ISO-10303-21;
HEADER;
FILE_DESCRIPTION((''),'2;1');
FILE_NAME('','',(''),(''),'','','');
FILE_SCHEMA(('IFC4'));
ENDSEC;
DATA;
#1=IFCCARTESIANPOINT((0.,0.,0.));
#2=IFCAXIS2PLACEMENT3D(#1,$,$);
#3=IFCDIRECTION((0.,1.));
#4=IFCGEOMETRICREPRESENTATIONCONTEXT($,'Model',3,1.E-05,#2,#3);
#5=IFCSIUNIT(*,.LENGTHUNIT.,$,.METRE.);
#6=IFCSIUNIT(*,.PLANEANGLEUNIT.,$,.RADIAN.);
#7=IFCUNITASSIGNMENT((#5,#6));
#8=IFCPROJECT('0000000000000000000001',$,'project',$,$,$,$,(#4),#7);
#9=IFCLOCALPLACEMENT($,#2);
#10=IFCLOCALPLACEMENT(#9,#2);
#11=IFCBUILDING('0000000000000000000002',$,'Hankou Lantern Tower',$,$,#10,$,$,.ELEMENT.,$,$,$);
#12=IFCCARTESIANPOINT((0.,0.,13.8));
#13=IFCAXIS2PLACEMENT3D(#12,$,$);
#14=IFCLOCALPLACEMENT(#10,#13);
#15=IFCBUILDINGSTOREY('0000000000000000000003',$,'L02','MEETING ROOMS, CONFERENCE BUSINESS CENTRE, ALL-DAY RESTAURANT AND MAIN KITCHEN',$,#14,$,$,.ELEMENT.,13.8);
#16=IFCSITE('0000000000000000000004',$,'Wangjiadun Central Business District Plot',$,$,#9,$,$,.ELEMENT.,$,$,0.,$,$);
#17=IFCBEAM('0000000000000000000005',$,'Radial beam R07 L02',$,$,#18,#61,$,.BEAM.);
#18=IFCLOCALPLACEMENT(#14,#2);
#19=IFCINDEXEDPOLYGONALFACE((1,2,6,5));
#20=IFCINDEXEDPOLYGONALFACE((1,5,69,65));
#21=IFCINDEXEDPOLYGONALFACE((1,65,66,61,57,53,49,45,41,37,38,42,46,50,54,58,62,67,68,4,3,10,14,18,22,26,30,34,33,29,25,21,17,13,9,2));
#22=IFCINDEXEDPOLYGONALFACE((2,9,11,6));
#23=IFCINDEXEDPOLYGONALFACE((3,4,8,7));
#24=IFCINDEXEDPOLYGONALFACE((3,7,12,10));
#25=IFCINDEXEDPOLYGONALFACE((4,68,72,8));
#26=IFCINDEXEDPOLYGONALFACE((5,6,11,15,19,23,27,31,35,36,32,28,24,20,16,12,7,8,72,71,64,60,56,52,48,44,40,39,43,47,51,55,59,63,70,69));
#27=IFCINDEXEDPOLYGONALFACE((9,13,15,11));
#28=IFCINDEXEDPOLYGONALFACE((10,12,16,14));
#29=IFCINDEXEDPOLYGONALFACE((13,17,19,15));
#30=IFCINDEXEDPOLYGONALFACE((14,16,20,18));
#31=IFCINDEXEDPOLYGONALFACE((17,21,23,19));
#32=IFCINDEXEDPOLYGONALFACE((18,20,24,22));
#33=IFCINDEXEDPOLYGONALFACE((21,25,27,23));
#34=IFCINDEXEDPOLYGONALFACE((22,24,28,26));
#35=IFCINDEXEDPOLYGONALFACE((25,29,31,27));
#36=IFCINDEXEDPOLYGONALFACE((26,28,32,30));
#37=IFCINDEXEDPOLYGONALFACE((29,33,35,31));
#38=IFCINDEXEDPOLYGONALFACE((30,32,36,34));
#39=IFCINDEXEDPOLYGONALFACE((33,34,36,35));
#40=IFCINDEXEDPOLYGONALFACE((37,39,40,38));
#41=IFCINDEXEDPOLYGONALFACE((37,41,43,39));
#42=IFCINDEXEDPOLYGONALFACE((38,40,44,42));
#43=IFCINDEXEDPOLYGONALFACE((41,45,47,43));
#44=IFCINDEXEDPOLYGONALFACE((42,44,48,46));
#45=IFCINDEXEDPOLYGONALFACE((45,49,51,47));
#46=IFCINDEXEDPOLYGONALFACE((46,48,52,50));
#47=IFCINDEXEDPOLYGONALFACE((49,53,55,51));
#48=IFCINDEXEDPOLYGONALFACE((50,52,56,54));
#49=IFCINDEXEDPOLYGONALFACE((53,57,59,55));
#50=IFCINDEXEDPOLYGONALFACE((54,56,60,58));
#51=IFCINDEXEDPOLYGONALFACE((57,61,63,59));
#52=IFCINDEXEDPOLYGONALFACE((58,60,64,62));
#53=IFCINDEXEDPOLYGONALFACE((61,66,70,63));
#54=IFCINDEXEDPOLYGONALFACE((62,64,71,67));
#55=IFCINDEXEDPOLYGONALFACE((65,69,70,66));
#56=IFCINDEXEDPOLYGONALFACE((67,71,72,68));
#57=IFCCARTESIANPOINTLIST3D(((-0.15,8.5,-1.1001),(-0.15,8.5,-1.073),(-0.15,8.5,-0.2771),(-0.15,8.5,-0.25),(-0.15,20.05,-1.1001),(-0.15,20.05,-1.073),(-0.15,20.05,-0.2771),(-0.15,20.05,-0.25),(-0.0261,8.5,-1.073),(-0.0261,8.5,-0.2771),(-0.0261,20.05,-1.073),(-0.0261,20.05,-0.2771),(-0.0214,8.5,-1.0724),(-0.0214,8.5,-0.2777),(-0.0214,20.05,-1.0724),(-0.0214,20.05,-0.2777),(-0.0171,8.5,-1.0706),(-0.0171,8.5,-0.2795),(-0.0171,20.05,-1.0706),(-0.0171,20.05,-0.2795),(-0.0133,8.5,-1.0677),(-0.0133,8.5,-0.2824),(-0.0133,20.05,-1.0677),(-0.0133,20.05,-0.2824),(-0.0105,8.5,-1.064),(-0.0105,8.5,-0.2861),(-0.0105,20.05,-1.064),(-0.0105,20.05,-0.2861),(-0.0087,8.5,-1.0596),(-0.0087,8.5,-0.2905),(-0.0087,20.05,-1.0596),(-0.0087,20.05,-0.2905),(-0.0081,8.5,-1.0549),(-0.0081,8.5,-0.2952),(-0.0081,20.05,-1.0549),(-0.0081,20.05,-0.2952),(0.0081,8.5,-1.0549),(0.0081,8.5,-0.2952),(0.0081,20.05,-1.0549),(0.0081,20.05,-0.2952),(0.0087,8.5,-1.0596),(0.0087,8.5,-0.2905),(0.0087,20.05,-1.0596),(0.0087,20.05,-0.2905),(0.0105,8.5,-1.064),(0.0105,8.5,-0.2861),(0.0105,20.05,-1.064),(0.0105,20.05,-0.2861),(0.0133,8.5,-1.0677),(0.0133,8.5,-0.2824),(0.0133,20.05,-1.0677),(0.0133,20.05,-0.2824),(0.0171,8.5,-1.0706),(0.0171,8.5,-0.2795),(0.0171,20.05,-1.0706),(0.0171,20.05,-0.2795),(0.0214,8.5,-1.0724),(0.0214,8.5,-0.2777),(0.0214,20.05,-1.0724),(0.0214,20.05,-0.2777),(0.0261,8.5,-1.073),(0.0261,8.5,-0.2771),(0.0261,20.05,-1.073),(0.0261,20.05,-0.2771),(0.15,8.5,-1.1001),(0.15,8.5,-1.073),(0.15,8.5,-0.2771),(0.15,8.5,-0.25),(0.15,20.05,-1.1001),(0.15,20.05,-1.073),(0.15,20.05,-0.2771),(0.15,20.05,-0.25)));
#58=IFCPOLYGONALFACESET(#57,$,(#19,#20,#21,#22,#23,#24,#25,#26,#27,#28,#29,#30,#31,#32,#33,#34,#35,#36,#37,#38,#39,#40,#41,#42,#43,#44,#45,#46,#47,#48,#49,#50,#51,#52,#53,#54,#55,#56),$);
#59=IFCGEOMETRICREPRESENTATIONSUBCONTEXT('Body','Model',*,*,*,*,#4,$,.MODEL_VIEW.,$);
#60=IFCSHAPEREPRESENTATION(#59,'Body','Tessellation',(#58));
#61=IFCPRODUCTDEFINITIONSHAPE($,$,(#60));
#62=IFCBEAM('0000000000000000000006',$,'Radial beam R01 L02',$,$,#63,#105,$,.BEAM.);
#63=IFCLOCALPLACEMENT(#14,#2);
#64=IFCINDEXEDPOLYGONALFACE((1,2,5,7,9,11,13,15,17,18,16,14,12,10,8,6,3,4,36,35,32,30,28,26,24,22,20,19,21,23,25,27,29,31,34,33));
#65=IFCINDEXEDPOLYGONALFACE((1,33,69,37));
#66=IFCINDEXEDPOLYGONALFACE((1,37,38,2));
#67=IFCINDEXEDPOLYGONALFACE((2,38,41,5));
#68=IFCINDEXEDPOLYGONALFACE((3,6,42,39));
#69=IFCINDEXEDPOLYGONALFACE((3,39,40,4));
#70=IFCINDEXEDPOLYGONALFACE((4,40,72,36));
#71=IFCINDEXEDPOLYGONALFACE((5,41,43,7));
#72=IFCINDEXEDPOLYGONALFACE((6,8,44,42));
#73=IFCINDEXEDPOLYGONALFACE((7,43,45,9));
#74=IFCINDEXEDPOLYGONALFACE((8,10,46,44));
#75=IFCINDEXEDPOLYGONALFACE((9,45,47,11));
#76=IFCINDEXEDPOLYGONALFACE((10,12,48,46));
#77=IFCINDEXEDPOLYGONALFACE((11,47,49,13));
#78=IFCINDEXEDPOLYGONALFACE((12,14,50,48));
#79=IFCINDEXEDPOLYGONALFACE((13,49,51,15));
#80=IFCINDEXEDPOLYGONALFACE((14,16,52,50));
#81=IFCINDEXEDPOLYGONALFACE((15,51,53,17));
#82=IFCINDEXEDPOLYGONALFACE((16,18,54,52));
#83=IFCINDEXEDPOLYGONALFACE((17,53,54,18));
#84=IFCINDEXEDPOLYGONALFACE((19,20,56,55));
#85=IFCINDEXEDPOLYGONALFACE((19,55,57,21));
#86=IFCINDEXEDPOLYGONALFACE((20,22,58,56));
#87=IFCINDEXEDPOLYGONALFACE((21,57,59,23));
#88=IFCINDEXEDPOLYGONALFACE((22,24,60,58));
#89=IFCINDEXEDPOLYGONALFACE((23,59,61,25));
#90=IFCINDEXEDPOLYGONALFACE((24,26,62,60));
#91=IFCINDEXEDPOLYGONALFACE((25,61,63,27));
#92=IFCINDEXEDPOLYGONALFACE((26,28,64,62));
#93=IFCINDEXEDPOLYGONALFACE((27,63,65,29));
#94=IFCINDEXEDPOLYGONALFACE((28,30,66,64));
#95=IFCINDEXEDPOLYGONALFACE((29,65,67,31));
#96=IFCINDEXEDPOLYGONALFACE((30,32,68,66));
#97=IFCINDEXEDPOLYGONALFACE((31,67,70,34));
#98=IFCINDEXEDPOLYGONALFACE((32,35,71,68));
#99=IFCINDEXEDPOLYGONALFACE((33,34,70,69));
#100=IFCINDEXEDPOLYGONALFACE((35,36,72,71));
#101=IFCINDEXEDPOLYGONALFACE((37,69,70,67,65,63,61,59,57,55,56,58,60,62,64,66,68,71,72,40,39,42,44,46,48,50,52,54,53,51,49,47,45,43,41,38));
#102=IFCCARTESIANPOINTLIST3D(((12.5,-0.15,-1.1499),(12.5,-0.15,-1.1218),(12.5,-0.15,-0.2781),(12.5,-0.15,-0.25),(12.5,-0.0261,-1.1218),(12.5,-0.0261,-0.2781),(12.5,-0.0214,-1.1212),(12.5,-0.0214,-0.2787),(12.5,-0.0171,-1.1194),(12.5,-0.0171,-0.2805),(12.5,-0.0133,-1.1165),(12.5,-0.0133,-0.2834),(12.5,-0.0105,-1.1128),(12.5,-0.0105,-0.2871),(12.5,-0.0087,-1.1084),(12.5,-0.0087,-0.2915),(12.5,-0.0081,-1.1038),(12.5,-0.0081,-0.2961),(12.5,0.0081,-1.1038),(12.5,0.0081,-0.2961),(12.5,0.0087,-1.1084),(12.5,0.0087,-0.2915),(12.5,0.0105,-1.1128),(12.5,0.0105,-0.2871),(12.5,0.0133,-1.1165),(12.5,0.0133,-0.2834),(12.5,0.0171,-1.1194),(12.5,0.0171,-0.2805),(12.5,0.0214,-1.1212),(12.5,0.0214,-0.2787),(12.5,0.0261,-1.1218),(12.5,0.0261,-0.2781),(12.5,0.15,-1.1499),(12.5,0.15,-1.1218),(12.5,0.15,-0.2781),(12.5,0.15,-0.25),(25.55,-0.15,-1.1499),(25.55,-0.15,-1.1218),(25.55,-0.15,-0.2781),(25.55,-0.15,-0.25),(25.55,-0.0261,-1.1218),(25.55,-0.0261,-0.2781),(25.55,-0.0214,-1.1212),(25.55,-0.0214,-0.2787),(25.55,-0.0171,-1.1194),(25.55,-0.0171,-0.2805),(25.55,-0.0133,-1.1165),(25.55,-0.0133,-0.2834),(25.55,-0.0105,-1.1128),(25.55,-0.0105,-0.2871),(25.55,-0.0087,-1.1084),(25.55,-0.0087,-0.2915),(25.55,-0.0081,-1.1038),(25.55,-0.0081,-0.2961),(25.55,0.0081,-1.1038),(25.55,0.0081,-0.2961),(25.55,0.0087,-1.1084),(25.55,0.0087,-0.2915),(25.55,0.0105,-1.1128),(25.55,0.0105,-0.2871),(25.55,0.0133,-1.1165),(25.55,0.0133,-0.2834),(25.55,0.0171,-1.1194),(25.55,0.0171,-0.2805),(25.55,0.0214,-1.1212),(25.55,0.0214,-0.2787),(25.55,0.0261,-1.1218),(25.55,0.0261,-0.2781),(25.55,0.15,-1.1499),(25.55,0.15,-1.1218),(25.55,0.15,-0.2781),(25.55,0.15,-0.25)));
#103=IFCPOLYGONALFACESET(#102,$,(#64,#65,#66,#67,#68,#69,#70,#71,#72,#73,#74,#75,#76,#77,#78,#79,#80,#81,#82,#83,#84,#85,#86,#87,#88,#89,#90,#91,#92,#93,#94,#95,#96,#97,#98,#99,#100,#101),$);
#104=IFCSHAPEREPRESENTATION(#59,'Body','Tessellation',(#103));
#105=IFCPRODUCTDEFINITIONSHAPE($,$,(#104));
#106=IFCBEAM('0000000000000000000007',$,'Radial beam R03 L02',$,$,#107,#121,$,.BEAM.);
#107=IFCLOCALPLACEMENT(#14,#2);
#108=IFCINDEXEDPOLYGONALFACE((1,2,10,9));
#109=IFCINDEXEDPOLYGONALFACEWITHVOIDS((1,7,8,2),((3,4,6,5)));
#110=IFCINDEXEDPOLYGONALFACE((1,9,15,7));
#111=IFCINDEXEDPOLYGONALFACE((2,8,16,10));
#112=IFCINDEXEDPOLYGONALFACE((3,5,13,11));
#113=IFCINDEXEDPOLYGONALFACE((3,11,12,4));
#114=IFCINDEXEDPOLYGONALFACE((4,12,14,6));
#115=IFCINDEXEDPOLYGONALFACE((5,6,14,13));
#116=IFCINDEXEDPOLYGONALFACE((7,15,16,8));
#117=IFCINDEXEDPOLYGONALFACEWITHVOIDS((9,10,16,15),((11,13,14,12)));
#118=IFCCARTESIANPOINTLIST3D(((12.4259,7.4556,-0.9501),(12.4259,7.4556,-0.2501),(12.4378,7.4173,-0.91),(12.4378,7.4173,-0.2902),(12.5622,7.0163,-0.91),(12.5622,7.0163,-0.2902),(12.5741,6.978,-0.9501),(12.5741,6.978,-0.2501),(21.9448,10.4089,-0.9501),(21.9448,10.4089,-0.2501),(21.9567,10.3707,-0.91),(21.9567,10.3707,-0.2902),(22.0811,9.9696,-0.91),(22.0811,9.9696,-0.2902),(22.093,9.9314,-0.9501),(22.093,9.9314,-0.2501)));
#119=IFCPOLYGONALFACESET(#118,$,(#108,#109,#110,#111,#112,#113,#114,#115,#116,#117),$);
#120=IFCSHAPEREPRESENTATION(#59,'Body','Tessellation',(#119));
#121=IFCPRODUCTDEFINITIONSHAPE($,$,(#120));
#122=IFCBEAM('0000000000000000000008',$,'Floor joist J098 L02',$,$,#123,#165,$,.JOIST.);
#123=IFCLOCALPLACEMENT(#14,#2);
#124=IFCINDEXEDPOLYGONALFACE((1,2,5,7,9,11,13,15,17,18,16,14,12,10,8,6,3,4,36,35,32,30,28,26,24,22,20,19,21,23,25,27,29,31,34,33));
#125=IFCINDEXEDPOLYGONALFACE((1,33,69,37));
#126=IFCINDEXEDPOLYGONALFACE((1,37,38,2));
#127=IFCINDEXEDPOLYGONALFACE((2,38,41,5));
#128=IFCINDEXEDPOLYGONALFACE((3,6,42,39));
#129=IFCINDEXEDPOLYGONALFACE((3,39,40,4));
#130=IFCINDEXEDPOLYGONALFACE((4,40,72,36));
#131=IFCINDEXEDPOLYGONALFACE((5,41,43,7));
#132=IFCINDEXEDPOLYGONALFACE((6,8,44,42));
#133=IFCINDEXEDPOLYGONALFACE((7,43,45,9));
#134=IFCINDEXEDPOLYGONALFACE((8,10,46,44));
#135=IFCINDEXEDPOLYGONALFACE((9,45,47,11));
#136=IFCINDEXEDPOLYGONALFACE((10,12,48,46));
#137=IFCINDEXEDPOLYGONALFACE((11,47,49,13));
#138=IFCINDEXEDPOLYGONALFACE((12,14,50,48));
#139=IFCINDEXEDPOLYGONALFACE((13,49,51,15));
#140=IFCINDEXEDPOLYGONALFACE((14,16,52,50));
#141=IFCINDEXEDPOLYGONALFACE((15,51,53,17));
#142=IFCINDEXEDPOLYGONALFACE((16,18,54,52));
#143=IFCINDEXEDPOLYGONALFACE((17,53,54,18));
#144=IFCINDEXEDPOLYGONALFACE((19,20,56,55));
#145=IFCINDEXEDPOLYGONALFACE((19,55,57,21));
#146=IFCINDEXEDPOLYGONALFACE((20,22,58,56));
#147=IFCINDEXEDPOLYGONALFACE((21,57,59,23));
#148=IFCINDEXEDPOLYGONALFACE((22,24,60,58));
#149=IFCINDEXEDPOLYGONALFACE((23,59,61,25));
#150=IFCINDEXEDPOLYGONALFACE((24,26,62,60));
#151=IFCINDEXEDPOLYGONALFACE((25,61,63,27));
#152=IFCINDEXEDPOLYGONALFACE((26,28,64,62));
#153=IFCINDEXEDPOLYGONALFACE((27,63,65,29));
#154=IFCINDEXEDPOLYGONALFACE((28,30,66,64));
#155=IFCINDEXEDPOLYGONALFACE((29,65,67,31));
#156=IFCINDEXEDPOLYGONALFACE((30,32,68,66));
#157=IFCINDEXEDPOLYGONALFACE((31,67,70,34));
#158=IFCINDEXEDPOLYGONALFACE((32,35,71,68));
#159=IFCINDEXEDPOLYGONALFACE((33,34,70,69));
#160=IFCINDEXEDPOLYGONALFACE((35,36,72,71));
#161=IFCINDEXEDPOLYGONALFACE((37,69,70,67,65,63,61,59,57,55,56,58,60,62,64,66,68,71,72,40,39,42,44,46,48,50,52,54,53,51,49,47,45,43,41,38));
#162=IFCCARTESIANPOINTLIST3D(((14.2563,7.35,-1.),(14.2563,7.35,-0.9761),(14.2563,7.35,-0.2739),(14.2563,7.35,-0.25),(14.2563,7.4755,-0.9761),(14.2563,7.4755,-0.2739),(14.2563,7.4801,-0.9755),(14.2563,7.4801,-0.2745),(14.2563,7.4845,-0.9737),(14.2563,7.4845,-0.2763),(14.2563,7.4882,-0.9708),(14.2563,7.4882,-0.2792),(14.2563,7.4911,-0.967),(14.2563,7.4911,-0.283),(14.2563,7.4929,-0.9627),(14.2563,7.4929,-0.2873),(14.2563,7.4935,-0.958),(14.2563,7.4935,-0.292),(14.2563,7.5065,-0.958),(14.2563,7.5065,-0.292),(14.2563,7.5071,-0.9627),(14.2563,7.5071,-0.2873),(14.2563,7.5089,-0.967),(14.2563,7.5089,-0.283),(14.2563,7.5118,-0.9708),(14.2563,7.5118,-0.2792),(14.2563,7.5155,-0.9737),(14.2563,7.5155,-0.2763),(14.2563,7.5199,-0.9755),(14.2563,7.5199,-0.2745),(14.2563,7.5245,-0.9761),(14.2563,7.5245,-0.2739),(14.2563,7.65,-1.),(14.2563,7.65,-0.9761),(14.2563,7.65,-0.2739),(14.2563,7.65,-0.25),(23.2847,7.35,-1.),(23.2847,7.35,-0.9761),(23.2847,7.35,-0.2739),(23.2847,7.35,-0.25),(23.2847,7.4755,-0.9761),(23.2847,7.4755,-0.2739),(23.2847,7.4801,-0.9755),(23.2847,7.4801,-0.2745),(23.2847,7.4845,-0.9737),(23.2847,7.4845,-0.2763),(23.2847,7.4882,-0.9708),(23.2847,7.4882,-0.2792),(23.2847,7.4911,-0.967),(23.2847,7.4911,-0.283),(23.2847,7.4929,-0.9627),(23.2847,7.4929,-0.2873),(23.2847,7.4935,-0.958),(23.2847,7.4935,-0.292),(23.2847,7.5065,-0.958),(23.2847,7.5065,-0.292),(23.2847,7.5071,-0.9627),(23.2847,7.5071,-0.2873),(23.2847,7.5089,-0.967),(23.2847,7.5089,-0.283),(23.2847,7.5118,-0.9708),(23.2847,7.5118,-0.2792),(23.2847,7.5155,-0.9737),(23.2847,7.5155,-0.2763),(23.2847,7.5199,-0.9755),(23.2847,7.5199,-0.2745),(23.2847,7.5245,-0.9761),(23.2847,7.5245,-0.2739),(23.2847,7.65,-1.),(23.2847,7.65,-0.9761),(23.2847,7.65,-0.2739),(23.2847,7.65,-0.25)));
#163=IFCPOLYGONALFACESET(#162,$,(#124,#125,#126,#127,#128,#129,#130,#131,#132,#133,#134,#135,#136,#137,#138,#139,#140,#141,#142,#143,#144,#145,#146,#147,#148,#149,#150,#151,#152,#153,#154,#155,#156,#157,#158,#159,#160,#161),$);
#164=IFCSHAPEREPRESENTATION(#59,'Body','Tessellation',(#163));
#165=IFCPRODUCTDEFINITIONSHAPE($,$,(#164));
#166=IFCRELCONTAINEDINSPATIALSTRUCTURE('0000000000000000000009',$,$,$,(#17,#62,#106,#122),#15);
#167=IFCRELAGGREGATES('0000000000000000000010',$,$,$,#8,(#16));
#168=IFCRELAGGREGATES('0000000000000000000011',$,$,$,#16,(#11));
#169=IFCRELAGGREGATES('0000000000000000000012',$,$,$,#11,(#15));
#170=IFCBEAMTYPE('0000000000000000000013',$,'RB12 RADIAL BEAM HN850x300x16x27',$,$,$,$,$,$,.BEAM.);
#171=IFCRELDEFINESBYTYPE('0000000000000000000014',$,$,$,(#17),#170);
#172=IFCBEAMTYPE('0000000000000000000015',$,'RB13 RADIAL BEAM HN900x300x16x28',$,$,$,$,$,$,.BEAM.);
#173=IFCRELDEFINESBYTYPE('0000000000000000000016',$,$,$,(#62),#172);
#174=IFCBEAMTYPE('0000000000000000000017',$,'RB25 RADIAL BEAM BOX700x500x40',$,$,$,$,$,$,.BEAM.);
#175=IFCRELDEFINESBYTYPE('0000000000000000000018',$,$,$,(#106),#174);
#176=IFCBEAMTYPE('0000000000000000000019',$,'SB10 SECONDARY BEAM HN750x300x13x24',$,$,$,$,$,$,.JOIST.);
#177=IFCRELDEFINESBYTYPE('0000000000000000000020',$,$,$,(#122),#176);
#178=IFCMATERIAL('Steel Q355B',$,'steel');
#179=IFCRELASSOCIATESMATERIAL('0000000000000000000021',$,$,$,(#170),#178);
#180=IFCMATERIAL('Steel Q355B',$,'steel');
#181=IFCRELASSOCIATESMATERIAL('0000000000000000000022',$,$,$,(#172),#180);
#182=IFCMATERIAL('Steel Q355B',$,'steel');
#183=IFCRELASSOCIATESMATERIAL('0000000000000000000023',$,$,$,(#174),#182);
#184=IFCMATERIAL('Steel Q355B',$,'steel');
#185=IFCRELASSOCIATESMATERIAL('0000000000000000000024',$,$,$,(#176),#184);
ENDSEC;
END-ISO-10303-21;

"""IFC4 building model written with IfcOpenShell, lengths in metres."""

from ifc_helpers import new_model, si_unit, direction, frame, origin, origin_2d, place, context, subcontext, project, spatial, hollow_rectangle, i_section, extrude, material, material_profile, profile_set, type_object, element, save


model = new_model("IFC4")

# Units and contexts
model_context = context("Model", 3, precision=1e-05, world=origin(), true_north=direction((0.0, 1.0)))
body_context = subcontext(model_context, "Body", "Model", "MODEL_VIEW")
ifc_project = project(units=[si_unit("LENGTHUNIT", "METRE"), si_unit("PLANEANGLEUNIT", "RADIAN")], contexts=[model_context])

# Site, building, storey
site_placement = place(None, origin())
site = spatial("IfcSite", under=ifc_project, at=site_placement, Name="Wangjiadun Central Business District Plot", CompositionType="ELEMENT", RefElevation=0.0)
building_placement = place(site_placement, origin())
building = spatial("IfcBuilding", under=site, at=building_placement, Name="Hankou Lantern Tower", CompositionType="ELEMENT")
storey_placement = place(building_placement, frame((0.0, 0.0, 13.8)))
storey = spatial("IfcBuildingStorey", under=building, at=storey_placement, Name="L02", Description="MEETING ROOMS, CONFERENCE BUSINESS CENTRE, ALL-DAY RESTAURANT AND MAIN KITCHEN", CompositionType="ELEMENT", Elevation=13.8)

# Beams
ifc_material_1 = material(Name="Steel Q355B", Category="steel")
ifc_material_profile_1 = material_profile(ifc_material_1, i_section(OverallWidth=0.3, OverallDepth=0.8501, WebThickness=0.0161, FlangeThickness=0.0271, FilletRadius=0.0181, at=origin_2d()), Name="HN850x300x16x27")
ifc_profile_set_1 = profile_set([ifc_material_profile_1], Name="Steel Q355B")
beam_type_1 = type_object("IfcBeamType", Name="RB12 RADIAL BEAM HN850x300x16x27", PredefinedType="BEAM", material=ifc_profile_set_1)
beam_1_placement = place(storey_placement, frame((0.0, 8.5, -0.675), z_axis=(0.0, 1.0, 0.0), x_axis=(-1.0, 0.0, 0.0)))
element("IfcBeam", 1, at=beam_1_placement, inside=storey, type_object=beam_type_1, Name="Radial beam R07 L02", PredefinedType="BEAM", context=body_context, shape_type="SweptSolid", body=[
    extrude(i_section(OverallWidth=0.3, OverallDepth=0.8501, WebThickness=0.0161, FlangeThickness=0.0271, FilletRadius=0.0181, at=origin_2d()), origin(), (0.0, 0.0, 1.0), 11.55),
])
ifc_material_2 = material(Name="Steel Q355B", Category="steel")
ifc_material_profile_2 = material_profile(ifc_material_2, i_section(OverallWidth=0.3, OverallDepth=0.8999, WebThickness=0.0161, FlangeThickness=0.0281, FilletRadius=0.0181, at=origin_2d()), Name="HN900x300x16x28")
ifc_profile_set_2 = profile_set([ifc_material_profile_2], Name="Steel Q355B")
beam_type_2 = type_object("IfcBeamType", Name="RB13 RADIAL BEAM HN900x300x16x28", PredefinedType="BEAM", material=ifc_profile_set_2)
beam_2_placement = place(storey_placement, frame((12.5, 0.0, -0.7), z_axis=(1.0, 0.0, 0.0), x_axis=(0.0, 1.0, 0.0)))
element("IfcBeam", 2, at=beam_2_placement, inside=storey, type_object=beam_type_2, Name="Radial beam R01 L02", PredefinedType="BEAM", context=body_context, shape_type="SweptSolid", body=[
    extrude(i_section(OverallWidth=0.3, OverallDepth=0.8999, WebThickness=0.0161, FlangeThickness=0.0281, FilletRadius=0.0181, at=origin_2d()), origin(), (0.0, 0.0, 1.0), 13.05),
])
ifc_material_3 = material(Name="Steel Q355B", Category="steel")
ifc_material_profile_3 = material_profile(ifc_material_3, hollow_rectangle(XDim=0.5, YDim=0.7, WallThickness=0.04, at=origin_2d()), Name="BOX700x500x40")
ifc_profile_set_3 = profile_set([ifc_material_profile_3], Name="Steel Q355B")
beam_type_3 = type_object("IfcBeamType", Name="RB25 RADIAL BEAM BOX700x500x40", PredefinedType="BEAM", material=ifc_profile_set_3)
beam_3_placement = place(storey_placement, frame((12.5, 7.2168, -0.6001), z_axis=(0.955087, 0.296324, 0.0), x_axis=(-0.296324, 0.955087, 0.0)))
element("IfcBeam", 3, at=beam_3_placement, inside=storey, type_object=beam_type_3, Name="Radial beam R03 L02", PredefinedType="BEAM", context=body_context, shape_type="SweptSolid", body=[
    extrude(hollow_rectangle(XDim=0.5, YDim=0.7, WallThickness=0.04, at=origin_2d()), origin(), (0.0, 0.0, 1.0), 9.9666),
])
ifc_material_4 = material(Name="Steel Q355B", Category="steel")
ifc_material_profile_4 = material_profile(ifc_material_4, i_section(OverallWidth=0.3, OverallDepth=0.75, WebThickness=0.0129, FlangeThickness=0.0239, FilletRadius=0.0181, at=origin_2d()), Name="HN750x300x13x24")
ifc_profile_set_4 = profile_set([ifc_material_profile_4], Name="Steel Q355B")
beam_type_4 = type_object("IfcBeamType", Name="SB10 SECONDARY BEAM HN750x300x13x24", PredefinedType="JOIST", material=ifc_profile_set_4)
beam_4_placement = place(storey_placement, frame((14.2563, 7.5, -0.625), z_axis=(1.0, 0.0, 0.0), x_axis=(0.0, 1.0, 0.0)))
element("IfcBeam", 4, at=beam_4_placement, inside=storey, type_object=beam_type_4, Name="Floor joist J098 L02", PredefinedType="JOIST", context=body_context, shape_type="SweptSolid", body=[
    extrude(i_section(OverallWidth=0.3, OverallDepth=0.75, WebThickness=0.0129, FlangeThickness=0.0239, FilletRadius=0.0181, at=origin_2d()), origin(), (0.0, 0.0, 1.0), 9.0283),
])

save(model, "model.ifc")
